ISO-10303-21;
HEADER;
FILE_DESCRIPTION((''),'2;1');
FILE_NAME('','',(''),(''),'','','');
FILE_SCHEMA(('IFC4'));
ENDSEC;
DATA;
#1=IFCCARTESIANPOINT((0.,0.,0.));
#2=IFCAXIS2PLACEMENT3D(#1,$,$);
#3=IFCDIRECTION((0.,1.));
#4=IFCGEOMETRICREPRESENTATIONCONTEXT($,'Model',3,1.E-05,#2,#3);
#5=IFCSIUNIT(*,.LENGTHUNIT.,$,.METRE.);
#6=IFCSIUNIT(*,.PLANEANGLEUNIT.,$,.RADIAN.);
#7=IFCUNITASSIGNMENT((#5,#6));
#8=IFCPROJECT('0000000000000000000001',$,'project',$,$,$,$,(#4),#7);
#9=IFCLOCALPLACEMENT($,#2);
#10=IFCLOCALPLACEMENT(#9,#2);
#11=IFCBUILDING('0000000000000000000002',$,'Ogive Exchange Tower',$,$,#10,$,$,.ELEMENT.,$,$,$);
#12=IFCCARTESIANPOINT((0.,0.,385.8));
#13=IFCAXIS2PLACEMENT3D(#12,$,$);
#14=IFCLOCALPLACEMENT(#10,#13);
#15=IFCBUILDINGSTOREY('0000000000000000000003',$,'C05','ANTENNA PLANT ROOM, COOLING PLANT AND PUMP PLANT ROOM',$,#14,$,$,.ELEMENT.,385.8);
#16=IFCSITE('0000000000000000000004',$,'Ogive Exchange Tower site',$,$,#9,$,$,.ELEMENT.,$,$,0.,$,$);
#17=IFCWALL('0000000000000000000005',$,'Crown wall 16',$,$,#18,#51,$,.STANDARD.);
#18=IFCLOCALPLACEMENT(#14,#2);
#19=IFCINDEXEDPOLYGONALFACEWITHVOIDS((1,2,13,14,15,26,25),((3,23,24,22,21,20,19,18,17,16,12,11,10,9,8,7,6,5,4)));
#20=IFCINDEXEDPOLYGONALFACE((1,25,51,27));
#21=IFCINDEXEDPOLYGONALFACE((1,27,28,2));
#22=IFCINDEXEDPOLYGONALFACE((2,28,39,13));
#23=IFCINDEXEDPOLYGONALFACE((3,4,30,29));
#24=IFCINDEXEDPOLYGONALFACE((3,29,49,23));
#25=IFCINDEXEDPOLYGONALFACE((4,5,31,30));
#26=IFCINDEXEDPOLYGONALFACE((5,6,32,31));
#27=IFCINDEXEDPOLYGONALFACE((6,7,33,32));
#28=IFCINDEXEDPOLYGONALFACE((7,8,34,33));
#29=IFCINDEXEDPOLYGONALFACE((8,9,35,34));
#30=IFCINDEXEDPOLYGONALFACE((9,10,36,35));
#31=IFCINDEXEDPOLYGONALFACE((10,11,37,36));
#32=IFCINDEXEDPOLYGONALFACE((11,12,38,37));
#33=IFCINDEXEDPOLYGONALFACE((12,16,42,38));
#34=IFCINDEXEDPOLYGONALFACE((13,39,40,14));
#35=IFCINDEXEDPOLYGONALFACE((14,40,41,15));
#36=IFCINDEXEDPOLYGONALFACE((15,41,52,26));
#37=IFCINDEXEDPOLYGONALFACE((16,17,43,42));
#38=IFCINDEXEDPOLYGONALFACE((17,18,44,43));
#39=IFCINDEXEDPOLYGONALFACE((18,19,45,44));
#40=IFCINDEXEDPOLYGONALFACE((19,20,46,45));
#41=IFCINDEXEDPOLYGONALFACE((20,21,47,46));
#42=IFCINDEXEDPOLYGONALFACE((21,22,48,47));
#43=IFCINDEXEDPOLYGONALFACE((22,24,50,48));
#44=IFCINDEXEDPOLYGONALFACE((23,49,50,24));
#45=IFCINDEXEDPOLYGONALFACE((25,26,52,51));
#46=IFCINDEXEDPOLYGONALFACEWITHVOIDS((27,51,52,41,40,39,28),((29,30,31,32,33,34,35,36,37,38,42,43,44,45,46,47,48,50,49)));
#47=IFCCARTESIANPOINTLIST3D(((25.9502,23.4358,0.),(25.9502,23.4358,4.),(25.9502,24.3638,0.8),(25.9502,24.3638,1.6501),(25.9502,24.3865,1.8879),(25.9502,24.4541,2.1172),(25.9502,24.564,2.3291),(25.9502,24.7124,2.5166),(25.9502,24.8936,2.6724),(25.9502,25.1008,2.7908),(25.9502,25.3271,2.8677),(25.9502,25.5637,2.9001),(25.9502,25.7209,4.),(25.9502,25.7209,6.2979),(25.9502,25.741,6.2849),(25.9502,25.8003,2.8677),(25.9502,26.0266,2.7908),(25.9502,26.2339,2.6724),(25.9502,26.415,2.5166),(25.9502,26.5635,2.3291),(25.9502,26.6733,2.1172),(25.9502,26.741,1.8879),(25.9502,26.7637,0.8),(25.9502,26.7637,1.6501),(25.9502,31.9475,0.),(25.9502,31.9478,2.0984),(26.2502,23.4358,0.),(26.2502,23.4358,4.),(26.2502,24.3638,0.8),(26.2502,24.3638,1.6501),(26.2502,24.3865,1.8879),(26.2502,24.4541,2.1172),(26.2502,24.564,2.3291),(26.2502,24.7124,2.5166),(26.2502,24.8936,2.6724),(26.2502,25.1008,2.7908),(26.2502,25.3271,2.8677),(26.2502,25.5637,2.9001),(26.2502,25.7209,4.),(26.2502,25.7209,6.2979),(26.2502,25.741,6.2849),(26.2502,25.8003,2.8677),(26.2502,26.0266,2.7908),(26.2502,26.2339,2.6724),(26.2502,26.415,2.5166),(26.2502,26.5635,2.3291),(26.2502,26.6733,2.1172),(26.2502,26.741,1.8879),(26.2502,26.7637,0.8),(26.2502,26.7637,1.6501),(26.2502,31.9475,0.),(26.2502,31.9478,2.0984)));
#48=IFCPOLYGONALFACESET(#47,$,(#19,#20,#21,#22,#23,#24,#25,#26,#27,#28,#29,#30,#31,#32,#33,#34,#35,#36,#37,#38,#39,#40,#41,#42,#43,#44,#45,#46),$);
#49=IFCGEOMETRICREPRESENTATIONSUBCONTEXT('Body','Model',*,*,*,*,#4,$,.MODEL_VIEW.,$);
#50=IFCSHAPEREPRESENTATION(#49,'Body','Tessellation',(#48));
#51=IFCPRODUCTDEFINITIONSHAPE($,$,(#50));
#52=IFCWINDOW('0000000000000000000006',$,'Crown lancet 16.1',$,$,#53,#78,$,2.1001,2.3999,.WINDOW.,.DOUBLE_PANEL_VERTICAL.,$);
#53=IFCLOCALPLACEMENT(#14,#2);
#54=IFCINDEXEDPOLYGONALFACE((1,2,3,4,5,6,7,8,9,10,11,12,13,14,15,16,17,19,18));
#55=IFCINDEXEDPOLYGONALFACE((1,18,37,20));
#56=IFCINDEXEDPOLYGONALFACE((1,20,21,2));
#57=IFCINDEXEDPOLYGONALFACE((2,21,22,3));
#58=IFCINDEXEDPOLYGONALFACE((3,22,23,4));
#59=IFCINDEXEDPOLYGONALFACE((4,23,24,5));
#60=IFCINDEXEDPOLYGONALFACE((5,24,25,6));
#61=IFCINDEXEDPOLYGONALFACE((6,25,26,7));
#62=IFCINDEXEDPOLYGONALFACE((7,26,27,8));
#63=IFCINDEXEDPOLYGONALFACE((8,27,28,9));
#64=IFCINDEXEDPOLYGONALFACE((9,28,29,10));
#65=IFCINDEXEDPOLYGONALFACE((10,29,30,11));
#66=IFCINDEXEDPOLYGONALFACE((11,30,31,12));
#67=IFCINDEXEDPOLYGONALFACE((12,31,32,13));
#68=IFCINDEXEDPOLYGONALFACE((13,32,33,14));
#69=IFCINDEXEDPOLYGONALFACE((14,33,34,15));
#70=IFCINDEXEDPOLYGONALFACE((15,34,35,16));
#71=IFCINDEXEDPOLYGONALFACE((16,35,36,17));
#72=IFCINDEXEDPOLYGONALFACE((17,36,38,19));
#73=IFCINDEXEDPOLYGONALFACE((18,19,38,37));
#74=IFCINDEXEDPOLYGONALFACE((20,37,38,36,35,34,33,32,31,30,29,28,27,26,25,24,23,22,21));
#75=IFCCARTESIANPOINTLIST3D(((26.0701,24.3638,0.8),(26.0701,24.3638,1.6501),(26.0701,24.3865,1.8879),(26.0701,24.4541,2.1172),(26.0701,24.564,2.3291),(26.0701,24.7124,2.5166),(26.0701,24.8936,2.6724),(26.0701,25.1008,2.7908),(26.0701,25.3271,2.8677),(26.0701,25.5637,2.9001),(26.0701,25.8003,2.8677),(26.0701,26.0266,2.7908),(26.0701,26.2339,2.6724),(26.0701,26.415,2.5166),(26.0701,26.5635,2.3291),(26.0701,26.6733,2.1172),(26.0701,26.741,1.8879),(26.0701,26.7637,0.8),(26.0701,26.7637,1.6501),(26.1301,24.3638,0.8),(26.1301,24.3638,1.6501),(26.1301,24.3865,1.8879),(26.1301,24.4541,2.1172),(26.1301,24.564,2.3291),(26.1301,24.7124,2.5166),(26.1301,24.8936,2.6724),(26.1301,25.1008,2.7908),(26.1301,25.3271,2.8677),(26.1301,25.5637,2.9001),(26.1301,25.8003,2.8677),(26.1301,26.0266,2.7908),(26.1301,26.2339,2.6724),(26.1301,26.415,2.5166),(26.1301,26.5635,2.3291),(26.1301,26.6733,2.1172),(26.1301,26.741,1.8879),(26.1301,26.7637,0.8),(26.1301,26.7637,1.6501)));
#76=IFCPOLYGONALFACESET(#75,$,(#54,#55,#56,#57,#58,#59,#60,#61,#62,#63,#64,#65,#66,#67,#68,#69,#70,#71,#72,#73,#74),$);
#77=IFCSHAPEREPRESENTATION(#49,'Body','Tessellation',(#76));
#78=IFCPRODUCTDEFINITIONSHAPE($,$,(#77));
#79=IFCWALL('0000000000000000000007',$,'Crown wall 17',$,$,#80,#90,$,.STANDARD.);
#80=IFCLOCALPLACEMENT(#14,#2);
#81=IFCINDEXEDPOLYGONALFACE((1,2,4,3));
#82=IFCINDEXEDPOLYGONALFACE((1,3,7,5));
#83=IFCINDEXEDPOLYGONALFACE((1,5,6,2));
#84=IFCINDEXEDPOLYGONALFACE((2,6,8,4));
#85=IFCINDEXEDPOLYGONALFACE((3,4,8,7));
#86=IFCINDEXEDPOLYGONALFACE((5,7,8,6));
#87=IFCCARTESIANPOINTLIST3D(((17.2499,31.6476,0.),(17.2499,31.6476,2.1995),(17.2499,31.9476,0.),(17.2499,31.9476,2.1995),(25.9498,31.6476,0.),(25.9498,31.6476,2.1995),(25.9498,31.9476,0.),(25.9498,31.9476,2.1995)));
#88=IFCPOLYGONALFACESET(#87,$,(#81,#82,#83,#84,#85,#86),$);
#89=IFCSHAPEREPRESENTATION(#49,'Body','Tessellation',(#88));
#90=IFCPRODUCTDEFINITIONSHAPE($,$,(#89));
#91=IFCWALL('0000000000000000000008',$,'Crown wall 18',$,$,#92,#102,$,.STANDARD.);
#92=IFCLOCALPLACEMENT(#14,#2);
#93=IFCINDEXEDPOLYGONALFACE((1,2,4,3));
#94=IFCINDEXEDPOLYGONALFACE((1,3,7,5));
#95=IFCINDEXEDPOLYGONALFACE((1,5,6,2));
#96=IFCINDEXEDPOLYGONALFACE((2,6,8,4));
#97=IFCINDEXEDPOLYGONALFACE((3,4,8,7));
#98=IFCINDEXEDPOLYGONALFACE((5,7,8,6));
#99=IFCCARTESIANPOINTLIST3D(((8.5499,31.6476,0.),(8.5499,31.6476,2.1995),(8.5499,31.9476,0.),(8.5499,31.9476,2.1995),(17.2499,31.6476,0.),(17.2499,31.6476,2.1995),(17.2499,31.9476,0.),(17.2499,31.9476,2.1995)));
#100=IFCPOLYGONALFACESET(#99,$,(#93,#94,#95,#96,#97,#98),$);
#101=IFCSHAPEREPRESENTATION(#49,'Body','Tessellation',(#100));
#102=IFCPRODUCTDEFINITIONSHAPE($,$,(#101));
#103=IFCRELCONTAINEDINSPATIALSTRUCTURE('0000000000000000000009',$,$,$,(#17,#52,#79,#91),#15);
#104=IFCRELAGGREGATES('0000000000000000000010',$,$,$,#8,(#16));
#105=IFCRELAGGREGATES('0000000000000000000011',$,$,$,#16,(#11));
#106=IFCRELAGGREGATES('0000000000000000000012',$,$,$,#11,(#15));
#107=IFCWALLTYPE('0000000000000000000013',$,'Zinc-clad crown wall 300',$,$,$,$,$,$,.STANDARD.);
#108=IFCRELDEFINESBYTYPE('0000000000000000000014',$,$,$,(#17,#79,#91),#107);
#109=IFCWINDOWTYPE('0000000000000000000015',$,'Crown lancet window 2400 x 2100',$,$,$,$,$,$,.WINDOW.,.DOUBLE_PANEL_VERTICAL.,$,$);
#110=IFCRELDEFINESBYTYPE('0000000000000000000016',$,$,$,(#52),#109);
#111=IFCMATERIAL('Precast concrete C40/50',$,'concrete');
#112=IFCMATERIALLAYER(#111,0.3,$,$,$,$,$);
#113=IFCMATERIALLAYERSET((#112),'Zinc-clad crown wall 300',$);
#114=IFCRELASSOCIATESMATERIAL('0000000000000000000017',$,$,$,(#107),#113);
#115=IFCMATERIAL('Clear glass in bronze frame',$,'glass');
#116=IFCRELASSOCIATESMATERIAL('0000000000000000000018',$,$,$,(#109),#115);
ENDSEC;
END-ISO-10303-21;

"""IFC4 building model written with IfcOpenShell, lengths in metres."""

from ifc_helpers import new_model, si_unit, direction, frame, frame_2d, origin, place, context, subcontext, project, spatial, polyline, rectangle, outline, extrude, material, layer, layer_set, type_object, element, fill, save


model = new_model("IFC4")

# Units and contexts
model_context = context("Model", 3, precision=1e-05, world=origin(), true_north=direction((0.0, 1.0)))
body_context = subcontext(model_context, "Body", "Model", "MODEL_VIEW")
ifc_project = project(units=[si_unit("LENGTHUNIT", "METRE"), si_unit("PLANEANGLEUNIT", "RADIAN")], contexts=[model_context])

# Site, building, storey
site_placement = place(None, origin())
site = spatial("IfcSite", under=ifc_project, at=site_placement, Name="Ogive Exchange Tower site", CompositionType="ELEMENT", RefElevation=0.0)
building_placement = place(site_placement, origin())
building = spatial("IfcBuilding", under=site, at=building_placement, Name="Ogive Exchange Tower", CompositionType="ELEMENT")
storey_placement = place(building_placement, frame((0.0, 0.0, 385.8)))
storey = spatial("IfcBuildingStorey", under=building, at=storey_placement, Name="C05", Description="ANTENNA PLANT ROOM, COOLING PLANT AND PUMP PLANT ROOM", CompositionType="ELEMENT", Elevation=385.8)

# Shared definitions
ifc_material_1 = material(Name="Precast concrete C40/50", Category="concrete")
ifc_layer_1 = layer(ifc_material_1, 0.3)
ifc_layer_set_1 = layer_set([ifc_layer_1], Name="Zinc-clad crown wall 300")
wall_type_1 = type_object("IfcWallType", Name="Zinc-clad crown wall 300", PredefinedType="STANDARD", material=ifc_layer_set_1)
ifc_material_2 = material(Name="Clear glass in bronze frame", Category="glass")

# Wall, opening, window
wall_1_placement = place(storey_placement, frame((26.1001, 23.4358, 0.0), z_axis=(0.0, 0.0, 1.0), x_axis=(0.0, 1.0, 0.0)))
wall_1 = element("IfcWall", 1, at=wall_1_placement, inside=storey, type_object=wall_type_1, Name="Crown wall 16", PredefinedType="STANDARD", context=body_context, shape_type="SweptSolid", body=[
    extrude(outline(polyline([(0.0, 0.0), (8.5117, 0.0), (8.512, 2.0984), (5.6926, 4.0), (2.3052, 6.2849), (2.2852, 6.2979), (2.2852, 4.0), (0.0, 4.0), (0.0, 0.0)])), frame((0.0, 0.1499, 0.0), z_axis=(0.0, -1.0, 0.0), x_axis=(1.0, 0.0, 0.0)), (0.0, 0.0, 1.0), 0.3),
])
opening_1_placement = place(wall_1_placement, frame((0.928, 0.0, 0.8)))
opening_1 = element("IfcOpeningElement", 2, at=opening_1_placement, cuts=wall_1, PredefinedType="OPENING", context=body_context, shape_type="SweptSolid", body=[
    extrude(outline(polyline([(0.0, 0.0), (2.3999, 0.0), (2.3999, 0.8501), (2.3772, 1.0879), (2.3096, 1.3171), (2.1997, 1.5291), (2.0513, 1.7166), (1.8701, 1.8723), (1.6628, 1.9907), (1.4365, 2.0676), (1.2, 2.1001), (0.9634, 2.0676), (0.7371, 1.9907), (0.5298, 1.8723), (0.3486, 1.7166), (0.2002, 1.5291), (0.0903, 1.3171), (0.0227, 1.0879), (0.0, 0.8501), (0.0, 0.0)])), frame((0.0, 0.1599, 0.0), z_axis=(0.0, -1.0, 0.0), x_axis=(1.0, 0.0, 0.0)), (0.0, 0.0, 1.0), 0.3201),
])
window_type_1 = type_object("IfcWindowType", Name="Crown lancet window 2400 x 2100", PartitioningType="DOUBLE_PANEL_VERTICAL", PredefinedType="WINDOW", material=ifc_material_2)
window_1_placement = place(opening_1_placement, origin())
window_1 = element("IfcWindow", 3, at=window_1_placement, inside=storey, type_object=window_type_1, Name="Crown lancet 16.1", OverallHeight=2.1001, OverallWidth=2.3999, PartitioningType="DOUBLE_PANEL_VERTICAL", PredefinedType="WINDOW", context=body_context, shape_type="SweptSolid", body=[
    extrude(outline(polyline([(0.0, 0.0), (2.3999, 0.0), (2.3999, 0.8501), (2.3772, 1.0879), (2.3096, 1.3171), (2.1997, 1.5291), (2.0513, 1.7166), (1.8701, 1.8723), (1.6628, 1.9907), (1.4365, 2.0676), (1.2, 2.1001), (0.9634, 2.0676), (0.7371, 1.9907), (0.5298, 1.8723), (0.3486, 1.7166), (0.2002, 1.5291), (0.0903, 1.3171), (0.0227, 1.0879), (0.0, 0.8501), (0.0, 0.0)])), frame((0.0, 0.03, 0.0), z_axis=(0.0, -1.0, 0.0), x_axis=(1.0, 0.0, 0.0)), (0.0, 0.0, 1.0), 0.0601),
])
fill(opening_1, window_1)

# Walls
for number, where, z_axis, x_axis, name in (
    (4, (25.95, 31.7976, 0.0), (0.0, 0.0, 1.0), (-1.0, 0.0, 0.0), "Crown wall 17"),
    (5, (17.25, 31.7976, 0.0), (0.0, 0.0, 1.0), (-1.0, 0.0, 0.0), "Crown wall 18"),
):
    element("IfcWall", number, at=place(storey_placement, frame(where, z_axis=z_axis, x_axis=x_axis)), inside=storey, type_object=wall_type_1, Name=name, PredefinedType="STANDARD", context=body_context, shape_type="SweptSolid", body=[
        extrude(rectangle(XDim=8.7, YDim=0.3, at=frame_2d((4.3501, 0.0))), origin(), (0.0, 0.0, 1.0), 2.1995),
    ])

save(model, "model.ifc")
